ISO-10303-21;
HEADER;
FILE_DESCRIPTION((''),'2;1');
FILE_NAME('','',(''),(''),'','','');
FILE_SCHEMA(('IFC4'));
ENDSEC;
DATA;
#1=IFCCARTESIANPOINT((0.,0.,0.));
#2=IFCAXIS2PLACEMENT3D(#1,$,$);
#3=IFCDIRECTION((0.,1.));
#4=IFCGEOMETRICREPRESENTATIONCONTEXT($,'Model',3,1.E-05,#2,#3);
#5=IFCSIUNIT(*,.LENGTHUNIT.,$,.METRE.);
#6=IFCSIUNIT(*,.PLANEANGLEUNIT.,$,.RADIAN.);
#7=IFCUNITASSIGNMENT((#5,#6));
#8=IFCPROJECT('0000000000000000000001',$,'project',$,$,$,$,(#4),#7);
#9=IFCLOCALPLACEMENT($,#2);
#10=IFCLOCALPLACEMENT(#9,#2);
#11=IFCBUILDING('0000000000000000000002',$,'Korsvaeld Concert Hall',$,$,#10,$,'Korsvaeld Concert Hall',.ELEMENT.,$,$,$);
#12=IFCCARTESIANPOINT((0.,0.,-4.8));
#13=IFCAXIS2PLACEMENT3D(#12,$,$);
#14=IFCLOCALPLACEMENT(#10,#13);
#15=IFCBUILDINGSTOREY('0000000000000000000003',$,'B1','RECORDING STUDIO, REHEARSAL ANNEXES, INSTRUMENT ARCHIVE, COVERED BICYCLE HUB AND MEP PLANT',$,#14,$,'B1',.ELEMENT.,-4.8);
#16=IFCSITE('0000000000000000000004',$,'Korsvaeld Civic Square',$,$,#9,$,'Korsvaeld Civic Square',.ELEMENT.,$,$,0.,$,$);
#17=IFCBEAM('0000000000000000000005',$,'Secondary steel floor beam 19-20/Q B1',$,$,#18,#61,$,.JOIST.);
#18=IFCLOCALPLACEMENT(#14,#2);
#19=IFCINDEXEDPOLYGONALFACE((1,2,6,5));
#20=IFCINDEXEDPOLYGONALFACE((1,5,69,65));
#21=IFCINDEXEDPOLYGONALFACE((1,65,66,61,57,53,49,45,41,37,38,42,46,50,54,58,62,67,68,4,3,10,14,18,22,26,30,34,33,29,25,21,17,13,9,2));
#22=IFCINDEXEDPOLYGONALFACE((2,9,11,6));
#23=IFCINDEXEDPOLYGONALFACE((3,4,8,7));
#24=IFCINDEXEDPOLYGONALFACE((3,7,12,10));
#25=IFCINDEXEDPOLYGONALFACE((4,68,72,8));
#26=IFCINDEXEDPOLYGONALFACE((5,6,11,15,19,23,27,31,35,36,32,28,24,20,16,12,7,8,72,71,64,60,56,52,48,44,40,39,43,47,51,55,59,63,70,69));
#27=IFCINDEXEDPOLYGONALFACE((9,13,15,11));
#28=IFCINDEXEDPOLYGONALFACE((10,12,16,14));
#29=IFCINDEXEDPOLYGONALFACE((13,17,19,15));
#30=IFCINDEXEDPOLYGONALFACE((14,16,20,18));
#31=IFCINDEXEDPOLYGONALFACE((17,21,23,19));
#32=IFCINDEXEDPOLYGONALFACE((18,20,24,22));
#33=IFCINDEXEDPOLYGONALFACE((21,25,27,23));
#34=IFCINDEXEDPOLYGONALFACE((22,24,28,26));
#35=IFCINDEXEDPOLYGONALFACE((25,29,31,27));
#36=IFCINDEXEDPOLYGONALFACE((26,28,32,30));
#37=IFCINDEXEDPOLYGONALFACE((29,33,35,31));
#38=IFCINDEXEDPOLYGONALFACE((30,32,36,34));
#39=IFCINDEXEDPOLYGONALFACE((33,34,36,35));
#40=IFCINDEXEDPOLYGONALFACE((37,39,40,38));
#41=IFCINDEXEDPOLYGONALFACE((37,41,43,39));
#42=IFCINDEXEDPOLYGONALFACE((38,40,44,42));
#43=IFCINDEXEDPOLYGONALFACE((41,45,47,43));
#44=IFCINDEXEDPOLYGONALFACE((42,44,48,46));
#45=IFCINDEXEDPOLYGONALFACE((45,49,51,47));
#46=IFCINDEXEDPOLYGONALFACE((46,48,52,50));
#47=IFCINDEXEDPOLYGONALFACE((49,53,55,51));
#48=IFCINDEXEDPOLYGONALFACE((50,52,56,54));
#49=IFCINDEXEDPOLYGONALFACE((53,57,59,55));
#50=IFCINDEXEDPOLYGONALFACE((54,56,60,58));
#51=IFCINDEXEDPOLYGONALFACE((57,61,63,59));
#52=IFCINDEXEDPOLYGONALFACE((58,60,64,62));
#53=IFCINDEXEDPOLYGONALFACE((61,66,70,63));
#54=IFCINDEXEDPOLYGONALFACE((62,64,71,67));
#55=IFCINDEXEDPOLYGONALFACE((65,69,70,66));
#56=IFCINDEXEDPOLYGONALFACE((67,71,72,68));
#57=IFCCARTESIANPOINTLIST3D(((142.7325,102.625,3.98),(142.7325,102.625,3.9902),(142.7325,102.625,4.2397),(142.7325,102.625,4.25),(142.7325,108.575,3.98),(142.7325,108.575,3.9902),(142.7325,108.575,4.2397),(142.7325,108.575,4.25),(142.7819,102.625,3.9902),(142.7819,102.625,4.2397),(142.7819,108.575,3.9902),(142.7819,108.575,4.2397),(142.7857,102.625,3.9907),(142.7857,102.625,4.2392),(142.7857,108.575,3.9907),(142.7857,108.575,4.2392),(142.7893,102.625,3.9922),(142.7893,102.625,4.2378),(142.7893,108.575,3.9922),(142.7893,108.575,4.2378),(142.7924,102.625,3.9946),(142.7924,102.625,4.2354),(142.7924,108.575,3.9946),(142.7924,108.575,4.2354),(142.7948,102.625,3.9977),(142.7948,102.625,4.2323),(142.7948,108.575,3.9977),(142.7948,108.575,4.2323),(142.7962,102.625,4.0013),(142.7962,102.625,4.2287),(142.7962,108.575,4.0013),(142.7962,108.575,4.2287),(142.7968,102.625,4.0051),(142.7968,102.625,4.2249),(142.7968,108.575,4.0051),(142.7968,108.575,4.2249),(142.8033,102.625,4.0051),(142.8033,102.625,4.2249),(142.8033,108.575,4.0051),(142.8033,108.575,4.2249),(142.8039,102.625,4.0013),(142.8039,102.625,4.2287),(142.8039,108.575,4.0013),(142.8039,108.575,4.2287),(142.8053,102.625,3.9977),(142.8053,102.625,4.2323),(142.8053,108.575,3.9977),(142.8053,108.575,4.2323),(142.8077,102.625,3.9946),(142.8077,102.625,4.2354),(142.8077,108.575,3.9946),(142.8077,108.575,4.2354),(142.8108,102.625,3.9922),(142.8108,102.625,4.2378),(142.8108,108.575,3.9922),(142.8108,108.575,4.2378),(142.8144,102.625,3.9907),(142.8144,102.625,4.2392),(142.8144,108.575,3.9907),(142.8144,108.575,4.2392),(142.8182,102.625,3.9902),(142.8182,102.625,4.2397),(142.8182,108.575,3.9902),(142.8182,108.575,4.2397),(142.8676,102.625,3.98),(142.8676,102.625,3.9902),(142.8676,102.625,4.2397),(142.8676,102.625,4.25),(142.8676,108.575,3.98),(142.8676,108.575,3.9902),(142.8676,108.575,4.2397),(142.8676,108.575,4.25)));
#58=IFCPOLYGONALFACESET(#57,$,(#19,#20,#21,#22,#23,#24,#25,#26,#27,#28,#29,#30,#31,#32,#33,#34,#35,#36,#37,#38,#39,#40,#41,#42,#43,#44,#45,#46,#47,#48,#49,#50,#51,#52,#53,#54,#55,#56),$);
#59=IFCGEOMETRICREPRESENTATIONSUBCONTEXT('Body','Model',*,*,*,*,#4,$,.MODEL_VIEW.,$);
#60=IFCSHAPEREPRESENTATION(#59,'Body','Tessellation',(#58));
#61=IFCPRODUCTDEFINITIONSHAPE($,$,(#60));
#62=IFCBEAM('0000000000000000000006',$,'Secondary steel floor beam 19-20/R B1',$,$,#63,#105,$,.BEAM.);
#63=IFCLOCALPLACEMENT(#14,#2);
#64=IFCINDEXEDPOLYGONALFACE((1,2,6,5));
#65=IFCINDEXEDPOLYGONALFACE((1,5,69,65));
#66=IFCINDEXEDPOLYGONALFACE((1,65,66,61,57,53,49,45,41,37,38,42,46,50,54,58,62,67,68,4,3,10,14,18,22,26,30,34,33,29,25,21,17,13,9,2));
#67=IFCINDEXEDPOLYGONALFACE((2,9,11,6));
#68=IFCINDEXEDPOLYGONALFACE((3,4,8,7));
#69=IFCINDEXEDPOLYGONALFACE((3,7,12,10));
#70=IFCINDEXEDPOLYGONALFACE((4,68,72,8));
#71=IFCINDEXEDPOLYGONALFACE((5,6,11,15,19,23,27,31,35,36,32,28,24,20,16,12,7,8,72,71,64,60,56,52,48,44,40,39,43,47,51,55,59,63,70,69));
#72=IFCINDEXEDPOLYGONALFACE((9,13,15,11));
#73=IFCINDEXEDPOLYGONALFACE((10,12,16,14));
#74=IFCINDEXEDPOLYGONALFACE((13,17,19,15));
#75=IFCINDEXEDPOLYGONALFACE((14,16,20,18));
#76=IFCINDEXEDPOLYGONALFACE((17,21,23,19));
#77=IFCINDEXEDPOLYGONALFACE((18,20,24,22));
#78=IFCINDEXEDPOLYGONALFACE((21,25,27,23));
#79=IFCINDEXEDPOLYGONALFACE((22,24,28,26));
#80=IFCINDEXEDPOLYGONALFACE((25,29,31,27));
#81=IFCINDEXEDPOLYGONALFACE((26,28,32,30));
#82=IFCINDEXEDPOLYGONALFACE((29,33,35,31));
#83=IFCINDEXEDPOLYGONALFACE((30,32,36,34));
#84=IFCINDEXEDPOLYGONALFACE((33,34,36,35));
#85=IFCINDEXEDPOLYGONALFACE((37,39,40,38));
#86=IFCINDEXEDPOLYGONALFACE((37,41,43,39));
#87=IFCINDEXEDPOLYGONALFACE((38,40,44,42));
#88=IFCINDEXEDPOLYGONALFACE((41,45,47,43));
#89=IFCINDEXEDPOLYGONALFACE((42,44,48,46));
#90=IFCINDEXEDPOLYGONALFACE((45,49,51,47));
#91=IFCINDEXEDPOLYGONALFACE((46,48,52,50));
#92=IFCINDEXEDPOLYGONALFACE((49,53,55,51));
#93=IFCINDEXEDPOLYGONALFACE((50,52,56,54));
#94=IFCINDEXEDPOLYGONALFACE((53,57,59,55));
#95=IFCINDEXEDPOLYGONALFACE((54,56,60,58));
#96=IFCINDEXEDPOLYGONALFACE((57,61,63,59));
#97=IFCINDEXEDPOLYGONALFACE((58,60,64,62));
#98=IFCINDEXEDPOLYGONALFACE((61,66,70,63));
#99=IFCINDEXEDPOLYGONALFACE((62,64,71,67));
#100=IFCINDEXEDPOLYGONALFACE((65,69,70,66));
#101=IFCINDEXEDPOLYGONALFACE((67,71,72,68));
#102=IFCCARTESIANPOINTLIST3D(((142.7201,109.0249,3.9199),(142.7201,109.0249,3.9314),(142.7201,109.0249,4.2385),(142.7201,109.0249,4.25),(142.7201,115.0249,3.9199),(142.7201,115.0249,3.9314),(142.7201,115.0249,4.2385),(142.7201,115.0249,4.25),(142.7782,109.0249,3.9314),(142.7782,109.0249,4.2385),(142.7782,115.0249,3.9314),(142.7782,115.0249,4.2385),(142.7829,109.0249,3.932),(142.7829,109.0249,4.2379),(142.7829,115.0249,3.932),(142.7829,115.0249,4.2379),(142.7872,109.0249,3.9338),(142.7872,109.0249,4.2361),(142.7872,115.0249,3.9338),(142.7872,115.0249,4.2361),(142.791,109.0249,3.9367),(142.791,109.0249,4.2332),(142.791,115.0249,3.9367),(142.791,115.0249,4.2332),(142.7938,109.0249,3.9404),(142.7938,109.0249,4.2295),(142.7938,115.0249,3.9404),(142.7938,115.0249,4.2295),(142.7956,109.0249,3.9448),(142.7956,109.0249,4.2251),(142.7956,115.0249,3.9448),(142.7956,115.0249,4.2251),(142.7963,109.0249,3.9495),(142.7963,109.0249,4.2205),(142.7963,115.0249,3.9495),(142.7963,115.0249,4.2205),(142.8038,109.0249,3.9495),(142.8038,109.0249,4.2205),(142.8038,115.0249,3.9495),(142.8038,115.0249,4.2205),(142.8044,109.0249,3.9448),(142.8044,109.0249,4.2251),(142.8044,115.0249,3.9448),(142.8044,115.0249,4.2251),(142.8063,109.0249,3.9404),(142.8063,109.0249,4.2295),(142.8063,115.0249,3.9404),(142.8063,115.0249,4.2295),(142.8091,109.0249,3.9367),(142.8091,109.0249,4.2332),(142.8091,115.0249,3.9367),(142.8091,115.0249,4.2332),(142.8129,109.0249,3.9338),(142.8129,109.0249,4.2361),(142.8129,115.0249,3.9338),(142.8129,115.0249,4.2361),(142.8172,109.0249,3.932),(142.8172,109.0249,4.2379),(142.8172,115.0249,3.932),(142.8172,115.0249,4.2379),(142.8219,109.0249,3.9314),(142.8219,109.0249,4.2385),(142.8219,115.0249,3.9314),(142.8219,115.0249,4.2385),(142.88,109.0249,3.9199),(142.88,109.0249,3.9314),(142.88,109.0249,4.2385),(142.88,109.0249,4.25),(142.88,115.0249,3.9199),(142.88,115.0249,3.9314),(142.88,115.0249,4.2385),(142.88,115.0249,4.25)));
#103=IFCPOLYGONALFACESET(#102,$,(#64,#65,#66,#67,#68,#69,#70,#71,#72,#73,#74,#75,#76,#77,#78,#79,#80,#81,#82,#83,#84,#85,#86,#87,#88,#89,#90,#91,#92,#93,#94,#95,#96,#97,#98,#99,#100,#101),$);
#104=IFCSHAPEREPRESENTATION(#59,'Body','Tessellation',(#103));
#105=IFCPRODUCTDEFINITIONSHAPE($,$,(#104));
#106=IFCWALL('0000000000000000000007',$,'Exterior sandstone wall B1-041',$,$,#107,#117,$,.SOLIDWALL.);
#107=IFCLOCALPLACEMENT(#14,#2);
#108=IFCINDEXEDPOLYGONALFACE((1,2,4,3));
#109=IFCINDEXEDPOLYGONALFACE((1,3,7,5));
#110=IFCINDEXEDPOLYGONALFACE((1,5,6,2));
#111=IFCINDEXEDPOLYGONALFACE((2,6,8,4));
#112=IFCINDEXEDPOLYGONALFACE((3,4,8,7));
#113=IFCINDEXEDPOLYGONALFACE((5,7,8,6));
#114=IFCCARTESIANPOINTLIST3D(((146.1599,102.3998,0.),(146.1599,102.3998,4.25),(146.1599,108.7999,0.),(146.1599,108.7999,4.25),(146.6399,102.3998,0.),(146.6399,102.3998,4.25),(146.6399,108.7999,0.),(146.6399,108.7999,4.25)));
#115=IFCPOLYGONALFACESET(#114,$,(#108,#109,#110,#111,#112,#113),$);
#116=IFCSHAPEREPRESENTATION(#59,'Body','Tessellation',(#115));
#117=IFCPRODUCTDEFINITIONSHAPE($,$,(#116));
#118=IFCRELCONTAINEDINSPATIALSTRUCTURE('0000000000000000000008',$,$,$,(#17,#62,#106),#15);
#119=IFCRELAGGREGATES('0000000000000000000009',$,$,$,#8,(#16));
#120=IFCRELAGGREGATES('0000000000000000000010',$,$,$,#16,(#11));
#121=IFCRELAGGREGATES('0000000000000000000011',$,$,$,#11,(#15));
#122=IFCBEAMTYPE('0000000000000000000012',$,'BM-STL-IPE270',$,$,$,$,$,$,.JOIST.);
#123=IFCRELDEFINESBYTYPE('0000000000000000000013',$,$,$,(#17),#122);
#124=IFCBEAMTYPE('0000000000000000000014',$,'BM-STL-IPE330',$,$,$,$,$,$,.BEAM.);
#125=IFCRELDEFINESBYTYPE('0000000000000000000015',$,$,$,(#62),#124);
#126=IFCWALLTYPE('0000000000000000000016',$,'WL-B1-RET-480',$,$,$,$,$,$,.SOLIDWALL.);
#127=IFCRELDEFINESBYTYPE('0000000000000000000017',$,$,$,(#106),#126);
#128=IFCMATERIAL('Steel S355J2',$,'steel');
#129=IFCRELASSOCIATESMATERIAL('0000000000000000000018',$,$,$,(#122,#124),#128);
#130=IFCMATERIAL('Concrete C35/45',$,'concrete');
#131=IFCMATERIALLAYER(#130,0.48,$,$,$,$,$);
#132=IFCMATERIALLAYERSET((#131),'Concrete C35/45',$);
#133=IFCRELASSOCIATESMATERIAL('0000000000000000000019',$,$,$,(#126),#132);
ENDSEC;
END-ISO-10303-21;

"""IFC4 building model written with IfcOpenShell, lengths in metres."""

from ifc_helpers import new_model, si_unit, direction, frame, frame_2d, origin, origin_2d, place, context, subcontext, project, spatial, rectangle, i_section, extrude, material, layer, layer_set, material_profile, profile_set, type_object, element, save


model = new_model("IFC4")

# Units and contexts
model_context = context("Model", 3, precision=1e-05, world=origin(), true_north=direction((0.0, 1.0)))
body_context = subcontext(model_context, "Body", "Model", "MODEL_VIEW")
ifc_project = project(units=[si_unit("LENGTHUNIT", "METRE"), si_unit("PLANEANGLEUNIT", "RADIAN")], contexts=[model_context])

# Site, building, storey
site_placement = place(None, origin())
site = spatial("IfcSite", under=ifc_project, at=site_placement, Name="Korsvaeld Civic Square", LongName="Korsvaeld Civic Square", CompositionType="ELEMENT", RefElevation=0.0)
building_placement = place(site_placement, origin())
building = spatial("IfcBuilding", under=site, at=building_placement, Name="Korsvaeld Concert Hall", LongName="Korsvaeld Concert Hall", CompositionType="ELEMENT")
storey_placement = place(building_placement, frame((0.0, 0.0, -4.8)))
storey = spatial("IfcBuildingStorey", under=building, at=storey_placement, Name="B1", Description="RECORDING STUDIO, REHEARSAL ANNEXES, INSTRUMENT ARCHIVE, COVERED BICYCLE HUB AND MEP PLANT", LongName="B1", CompositionType="ELEMENT", Elevation=-4.8)

# Shared definitions
ifc_material_1 = material(Name="Concrete C35/45", Category="concrete")

# Beams
ifc_material_2 = material(Name="Steel S355J2", Category="steel")
ifc_material_profile_1 = material_profile(ifc_material_2, i_section(OverallWidth=0.135, OverallDepth=0.27, WebThickness=0.0066, FlangeThickness=0.0103, FilletRadius=0.0149, at=origin_2d()), Name="IPE 270")
ifc_profile_set_1 = profile_set([ifc_material_profile_1], Name="Steel S355J2")
beam_type_1 = type_object("IfcBeamType", Name="BM-STL-IPE270", PredefinedType="JOIST", material=ifc_profile_set_1)
beam_1_placement = place(storey_placement, frame((142.8, 102.625, 4.115), z_axis=(0.0, 1.0, 0.0), x_axis=(-1.0, 0.0, 0.0)))
element("IfcBeam", 1, at=beam_1_placement, inside=storey, type_object=beam_type_1, Name="Secondary steel floor beam 19-20/Q B1", PredefinedType="JOIST", context=body_context, shape_type="SweptSolid", body=[
    extrude(i_section(OverallWidth=0.135, OverallDepth=0.27, WebThickness=0.0066, FlangeThickness=0.0103, FilletRadius=0.0149, at=origin_2d()), origin(), (0.0, 0.0, 1.0), 5.95),
])
ifc_material_profile_2 = material_profile(ifc_material_2, i_section(OverallWidth=0.1599, OverallDepth=0.3301, WebThickness=0.0076, FlangeThickness=0.0115, FilletRadius=0.0181, at=origin_2d()), Name="IPE 330")
ifc_profile_set_2 = profile_set([ifc_material_profile_2], Name="Steel S355J2")
beam_type_2 = type_object("IfcBeamType", Name="BM-STL-IPE330", PredefinedType="BEAM", material=ifc_profile_set_2)
beam_2_placement = place(storey_placement, frame((142.8, 109.0249, 4.085), z_axis=(0.0, 1.0, 0.0), x_axis=(-1.0, 0.0, 0.0)))
element("IfcBeam", 2, at=beam_2_placement, inside=storey, type_object=beam_type_2, Name="Secondary steel floor beam 19-20/R B1", PredefinedType="BEAM", context=body_context, shape_type="SweptSolid", body=[
    extrude(i_section(OverallWidth=0.1599, OverallDepth=0.3301, WebThickness=0.0076, FlangeThickness=0.0115, FilletRadius=0.0181, at=origin_2d()), origin(), (0.0, 0.0, 1.0), 6.0),
])

# Wall
ifc_layer = layer(ifc_material_1, 0.48)
ifc_layer_set = layer_set([ifc_layer], Name="Concrete C35/45")
wall_type = type_object("IfcWallType", Name="WL-B1-RET-480", PredefinedType="SOLIDWALL", material=ifc_layer_set)
wall_placement = place(storey_placement, frame((146.3999, 108.8, 0.0), z_axis=(0.0, 0.0, 1.0), x_axis=(0.0, -1.0, 0.0)))
element("IfcWall", 3, at=wall_placement, inside=storey, type_object=wall_type, Name="Exterior sandstone wall B1-041", PredefinedType="SOLIDWALL", context=body_context, shape_type="SweptSolid", body=[
    extrude(rectangle(XDim=6.4001, YDim=0.48, at=frame_2d((3.2002, 0.0))), origin(), (0.0, 0.0, 1.0), 4.25),
])

save(model, "model.ifc")
